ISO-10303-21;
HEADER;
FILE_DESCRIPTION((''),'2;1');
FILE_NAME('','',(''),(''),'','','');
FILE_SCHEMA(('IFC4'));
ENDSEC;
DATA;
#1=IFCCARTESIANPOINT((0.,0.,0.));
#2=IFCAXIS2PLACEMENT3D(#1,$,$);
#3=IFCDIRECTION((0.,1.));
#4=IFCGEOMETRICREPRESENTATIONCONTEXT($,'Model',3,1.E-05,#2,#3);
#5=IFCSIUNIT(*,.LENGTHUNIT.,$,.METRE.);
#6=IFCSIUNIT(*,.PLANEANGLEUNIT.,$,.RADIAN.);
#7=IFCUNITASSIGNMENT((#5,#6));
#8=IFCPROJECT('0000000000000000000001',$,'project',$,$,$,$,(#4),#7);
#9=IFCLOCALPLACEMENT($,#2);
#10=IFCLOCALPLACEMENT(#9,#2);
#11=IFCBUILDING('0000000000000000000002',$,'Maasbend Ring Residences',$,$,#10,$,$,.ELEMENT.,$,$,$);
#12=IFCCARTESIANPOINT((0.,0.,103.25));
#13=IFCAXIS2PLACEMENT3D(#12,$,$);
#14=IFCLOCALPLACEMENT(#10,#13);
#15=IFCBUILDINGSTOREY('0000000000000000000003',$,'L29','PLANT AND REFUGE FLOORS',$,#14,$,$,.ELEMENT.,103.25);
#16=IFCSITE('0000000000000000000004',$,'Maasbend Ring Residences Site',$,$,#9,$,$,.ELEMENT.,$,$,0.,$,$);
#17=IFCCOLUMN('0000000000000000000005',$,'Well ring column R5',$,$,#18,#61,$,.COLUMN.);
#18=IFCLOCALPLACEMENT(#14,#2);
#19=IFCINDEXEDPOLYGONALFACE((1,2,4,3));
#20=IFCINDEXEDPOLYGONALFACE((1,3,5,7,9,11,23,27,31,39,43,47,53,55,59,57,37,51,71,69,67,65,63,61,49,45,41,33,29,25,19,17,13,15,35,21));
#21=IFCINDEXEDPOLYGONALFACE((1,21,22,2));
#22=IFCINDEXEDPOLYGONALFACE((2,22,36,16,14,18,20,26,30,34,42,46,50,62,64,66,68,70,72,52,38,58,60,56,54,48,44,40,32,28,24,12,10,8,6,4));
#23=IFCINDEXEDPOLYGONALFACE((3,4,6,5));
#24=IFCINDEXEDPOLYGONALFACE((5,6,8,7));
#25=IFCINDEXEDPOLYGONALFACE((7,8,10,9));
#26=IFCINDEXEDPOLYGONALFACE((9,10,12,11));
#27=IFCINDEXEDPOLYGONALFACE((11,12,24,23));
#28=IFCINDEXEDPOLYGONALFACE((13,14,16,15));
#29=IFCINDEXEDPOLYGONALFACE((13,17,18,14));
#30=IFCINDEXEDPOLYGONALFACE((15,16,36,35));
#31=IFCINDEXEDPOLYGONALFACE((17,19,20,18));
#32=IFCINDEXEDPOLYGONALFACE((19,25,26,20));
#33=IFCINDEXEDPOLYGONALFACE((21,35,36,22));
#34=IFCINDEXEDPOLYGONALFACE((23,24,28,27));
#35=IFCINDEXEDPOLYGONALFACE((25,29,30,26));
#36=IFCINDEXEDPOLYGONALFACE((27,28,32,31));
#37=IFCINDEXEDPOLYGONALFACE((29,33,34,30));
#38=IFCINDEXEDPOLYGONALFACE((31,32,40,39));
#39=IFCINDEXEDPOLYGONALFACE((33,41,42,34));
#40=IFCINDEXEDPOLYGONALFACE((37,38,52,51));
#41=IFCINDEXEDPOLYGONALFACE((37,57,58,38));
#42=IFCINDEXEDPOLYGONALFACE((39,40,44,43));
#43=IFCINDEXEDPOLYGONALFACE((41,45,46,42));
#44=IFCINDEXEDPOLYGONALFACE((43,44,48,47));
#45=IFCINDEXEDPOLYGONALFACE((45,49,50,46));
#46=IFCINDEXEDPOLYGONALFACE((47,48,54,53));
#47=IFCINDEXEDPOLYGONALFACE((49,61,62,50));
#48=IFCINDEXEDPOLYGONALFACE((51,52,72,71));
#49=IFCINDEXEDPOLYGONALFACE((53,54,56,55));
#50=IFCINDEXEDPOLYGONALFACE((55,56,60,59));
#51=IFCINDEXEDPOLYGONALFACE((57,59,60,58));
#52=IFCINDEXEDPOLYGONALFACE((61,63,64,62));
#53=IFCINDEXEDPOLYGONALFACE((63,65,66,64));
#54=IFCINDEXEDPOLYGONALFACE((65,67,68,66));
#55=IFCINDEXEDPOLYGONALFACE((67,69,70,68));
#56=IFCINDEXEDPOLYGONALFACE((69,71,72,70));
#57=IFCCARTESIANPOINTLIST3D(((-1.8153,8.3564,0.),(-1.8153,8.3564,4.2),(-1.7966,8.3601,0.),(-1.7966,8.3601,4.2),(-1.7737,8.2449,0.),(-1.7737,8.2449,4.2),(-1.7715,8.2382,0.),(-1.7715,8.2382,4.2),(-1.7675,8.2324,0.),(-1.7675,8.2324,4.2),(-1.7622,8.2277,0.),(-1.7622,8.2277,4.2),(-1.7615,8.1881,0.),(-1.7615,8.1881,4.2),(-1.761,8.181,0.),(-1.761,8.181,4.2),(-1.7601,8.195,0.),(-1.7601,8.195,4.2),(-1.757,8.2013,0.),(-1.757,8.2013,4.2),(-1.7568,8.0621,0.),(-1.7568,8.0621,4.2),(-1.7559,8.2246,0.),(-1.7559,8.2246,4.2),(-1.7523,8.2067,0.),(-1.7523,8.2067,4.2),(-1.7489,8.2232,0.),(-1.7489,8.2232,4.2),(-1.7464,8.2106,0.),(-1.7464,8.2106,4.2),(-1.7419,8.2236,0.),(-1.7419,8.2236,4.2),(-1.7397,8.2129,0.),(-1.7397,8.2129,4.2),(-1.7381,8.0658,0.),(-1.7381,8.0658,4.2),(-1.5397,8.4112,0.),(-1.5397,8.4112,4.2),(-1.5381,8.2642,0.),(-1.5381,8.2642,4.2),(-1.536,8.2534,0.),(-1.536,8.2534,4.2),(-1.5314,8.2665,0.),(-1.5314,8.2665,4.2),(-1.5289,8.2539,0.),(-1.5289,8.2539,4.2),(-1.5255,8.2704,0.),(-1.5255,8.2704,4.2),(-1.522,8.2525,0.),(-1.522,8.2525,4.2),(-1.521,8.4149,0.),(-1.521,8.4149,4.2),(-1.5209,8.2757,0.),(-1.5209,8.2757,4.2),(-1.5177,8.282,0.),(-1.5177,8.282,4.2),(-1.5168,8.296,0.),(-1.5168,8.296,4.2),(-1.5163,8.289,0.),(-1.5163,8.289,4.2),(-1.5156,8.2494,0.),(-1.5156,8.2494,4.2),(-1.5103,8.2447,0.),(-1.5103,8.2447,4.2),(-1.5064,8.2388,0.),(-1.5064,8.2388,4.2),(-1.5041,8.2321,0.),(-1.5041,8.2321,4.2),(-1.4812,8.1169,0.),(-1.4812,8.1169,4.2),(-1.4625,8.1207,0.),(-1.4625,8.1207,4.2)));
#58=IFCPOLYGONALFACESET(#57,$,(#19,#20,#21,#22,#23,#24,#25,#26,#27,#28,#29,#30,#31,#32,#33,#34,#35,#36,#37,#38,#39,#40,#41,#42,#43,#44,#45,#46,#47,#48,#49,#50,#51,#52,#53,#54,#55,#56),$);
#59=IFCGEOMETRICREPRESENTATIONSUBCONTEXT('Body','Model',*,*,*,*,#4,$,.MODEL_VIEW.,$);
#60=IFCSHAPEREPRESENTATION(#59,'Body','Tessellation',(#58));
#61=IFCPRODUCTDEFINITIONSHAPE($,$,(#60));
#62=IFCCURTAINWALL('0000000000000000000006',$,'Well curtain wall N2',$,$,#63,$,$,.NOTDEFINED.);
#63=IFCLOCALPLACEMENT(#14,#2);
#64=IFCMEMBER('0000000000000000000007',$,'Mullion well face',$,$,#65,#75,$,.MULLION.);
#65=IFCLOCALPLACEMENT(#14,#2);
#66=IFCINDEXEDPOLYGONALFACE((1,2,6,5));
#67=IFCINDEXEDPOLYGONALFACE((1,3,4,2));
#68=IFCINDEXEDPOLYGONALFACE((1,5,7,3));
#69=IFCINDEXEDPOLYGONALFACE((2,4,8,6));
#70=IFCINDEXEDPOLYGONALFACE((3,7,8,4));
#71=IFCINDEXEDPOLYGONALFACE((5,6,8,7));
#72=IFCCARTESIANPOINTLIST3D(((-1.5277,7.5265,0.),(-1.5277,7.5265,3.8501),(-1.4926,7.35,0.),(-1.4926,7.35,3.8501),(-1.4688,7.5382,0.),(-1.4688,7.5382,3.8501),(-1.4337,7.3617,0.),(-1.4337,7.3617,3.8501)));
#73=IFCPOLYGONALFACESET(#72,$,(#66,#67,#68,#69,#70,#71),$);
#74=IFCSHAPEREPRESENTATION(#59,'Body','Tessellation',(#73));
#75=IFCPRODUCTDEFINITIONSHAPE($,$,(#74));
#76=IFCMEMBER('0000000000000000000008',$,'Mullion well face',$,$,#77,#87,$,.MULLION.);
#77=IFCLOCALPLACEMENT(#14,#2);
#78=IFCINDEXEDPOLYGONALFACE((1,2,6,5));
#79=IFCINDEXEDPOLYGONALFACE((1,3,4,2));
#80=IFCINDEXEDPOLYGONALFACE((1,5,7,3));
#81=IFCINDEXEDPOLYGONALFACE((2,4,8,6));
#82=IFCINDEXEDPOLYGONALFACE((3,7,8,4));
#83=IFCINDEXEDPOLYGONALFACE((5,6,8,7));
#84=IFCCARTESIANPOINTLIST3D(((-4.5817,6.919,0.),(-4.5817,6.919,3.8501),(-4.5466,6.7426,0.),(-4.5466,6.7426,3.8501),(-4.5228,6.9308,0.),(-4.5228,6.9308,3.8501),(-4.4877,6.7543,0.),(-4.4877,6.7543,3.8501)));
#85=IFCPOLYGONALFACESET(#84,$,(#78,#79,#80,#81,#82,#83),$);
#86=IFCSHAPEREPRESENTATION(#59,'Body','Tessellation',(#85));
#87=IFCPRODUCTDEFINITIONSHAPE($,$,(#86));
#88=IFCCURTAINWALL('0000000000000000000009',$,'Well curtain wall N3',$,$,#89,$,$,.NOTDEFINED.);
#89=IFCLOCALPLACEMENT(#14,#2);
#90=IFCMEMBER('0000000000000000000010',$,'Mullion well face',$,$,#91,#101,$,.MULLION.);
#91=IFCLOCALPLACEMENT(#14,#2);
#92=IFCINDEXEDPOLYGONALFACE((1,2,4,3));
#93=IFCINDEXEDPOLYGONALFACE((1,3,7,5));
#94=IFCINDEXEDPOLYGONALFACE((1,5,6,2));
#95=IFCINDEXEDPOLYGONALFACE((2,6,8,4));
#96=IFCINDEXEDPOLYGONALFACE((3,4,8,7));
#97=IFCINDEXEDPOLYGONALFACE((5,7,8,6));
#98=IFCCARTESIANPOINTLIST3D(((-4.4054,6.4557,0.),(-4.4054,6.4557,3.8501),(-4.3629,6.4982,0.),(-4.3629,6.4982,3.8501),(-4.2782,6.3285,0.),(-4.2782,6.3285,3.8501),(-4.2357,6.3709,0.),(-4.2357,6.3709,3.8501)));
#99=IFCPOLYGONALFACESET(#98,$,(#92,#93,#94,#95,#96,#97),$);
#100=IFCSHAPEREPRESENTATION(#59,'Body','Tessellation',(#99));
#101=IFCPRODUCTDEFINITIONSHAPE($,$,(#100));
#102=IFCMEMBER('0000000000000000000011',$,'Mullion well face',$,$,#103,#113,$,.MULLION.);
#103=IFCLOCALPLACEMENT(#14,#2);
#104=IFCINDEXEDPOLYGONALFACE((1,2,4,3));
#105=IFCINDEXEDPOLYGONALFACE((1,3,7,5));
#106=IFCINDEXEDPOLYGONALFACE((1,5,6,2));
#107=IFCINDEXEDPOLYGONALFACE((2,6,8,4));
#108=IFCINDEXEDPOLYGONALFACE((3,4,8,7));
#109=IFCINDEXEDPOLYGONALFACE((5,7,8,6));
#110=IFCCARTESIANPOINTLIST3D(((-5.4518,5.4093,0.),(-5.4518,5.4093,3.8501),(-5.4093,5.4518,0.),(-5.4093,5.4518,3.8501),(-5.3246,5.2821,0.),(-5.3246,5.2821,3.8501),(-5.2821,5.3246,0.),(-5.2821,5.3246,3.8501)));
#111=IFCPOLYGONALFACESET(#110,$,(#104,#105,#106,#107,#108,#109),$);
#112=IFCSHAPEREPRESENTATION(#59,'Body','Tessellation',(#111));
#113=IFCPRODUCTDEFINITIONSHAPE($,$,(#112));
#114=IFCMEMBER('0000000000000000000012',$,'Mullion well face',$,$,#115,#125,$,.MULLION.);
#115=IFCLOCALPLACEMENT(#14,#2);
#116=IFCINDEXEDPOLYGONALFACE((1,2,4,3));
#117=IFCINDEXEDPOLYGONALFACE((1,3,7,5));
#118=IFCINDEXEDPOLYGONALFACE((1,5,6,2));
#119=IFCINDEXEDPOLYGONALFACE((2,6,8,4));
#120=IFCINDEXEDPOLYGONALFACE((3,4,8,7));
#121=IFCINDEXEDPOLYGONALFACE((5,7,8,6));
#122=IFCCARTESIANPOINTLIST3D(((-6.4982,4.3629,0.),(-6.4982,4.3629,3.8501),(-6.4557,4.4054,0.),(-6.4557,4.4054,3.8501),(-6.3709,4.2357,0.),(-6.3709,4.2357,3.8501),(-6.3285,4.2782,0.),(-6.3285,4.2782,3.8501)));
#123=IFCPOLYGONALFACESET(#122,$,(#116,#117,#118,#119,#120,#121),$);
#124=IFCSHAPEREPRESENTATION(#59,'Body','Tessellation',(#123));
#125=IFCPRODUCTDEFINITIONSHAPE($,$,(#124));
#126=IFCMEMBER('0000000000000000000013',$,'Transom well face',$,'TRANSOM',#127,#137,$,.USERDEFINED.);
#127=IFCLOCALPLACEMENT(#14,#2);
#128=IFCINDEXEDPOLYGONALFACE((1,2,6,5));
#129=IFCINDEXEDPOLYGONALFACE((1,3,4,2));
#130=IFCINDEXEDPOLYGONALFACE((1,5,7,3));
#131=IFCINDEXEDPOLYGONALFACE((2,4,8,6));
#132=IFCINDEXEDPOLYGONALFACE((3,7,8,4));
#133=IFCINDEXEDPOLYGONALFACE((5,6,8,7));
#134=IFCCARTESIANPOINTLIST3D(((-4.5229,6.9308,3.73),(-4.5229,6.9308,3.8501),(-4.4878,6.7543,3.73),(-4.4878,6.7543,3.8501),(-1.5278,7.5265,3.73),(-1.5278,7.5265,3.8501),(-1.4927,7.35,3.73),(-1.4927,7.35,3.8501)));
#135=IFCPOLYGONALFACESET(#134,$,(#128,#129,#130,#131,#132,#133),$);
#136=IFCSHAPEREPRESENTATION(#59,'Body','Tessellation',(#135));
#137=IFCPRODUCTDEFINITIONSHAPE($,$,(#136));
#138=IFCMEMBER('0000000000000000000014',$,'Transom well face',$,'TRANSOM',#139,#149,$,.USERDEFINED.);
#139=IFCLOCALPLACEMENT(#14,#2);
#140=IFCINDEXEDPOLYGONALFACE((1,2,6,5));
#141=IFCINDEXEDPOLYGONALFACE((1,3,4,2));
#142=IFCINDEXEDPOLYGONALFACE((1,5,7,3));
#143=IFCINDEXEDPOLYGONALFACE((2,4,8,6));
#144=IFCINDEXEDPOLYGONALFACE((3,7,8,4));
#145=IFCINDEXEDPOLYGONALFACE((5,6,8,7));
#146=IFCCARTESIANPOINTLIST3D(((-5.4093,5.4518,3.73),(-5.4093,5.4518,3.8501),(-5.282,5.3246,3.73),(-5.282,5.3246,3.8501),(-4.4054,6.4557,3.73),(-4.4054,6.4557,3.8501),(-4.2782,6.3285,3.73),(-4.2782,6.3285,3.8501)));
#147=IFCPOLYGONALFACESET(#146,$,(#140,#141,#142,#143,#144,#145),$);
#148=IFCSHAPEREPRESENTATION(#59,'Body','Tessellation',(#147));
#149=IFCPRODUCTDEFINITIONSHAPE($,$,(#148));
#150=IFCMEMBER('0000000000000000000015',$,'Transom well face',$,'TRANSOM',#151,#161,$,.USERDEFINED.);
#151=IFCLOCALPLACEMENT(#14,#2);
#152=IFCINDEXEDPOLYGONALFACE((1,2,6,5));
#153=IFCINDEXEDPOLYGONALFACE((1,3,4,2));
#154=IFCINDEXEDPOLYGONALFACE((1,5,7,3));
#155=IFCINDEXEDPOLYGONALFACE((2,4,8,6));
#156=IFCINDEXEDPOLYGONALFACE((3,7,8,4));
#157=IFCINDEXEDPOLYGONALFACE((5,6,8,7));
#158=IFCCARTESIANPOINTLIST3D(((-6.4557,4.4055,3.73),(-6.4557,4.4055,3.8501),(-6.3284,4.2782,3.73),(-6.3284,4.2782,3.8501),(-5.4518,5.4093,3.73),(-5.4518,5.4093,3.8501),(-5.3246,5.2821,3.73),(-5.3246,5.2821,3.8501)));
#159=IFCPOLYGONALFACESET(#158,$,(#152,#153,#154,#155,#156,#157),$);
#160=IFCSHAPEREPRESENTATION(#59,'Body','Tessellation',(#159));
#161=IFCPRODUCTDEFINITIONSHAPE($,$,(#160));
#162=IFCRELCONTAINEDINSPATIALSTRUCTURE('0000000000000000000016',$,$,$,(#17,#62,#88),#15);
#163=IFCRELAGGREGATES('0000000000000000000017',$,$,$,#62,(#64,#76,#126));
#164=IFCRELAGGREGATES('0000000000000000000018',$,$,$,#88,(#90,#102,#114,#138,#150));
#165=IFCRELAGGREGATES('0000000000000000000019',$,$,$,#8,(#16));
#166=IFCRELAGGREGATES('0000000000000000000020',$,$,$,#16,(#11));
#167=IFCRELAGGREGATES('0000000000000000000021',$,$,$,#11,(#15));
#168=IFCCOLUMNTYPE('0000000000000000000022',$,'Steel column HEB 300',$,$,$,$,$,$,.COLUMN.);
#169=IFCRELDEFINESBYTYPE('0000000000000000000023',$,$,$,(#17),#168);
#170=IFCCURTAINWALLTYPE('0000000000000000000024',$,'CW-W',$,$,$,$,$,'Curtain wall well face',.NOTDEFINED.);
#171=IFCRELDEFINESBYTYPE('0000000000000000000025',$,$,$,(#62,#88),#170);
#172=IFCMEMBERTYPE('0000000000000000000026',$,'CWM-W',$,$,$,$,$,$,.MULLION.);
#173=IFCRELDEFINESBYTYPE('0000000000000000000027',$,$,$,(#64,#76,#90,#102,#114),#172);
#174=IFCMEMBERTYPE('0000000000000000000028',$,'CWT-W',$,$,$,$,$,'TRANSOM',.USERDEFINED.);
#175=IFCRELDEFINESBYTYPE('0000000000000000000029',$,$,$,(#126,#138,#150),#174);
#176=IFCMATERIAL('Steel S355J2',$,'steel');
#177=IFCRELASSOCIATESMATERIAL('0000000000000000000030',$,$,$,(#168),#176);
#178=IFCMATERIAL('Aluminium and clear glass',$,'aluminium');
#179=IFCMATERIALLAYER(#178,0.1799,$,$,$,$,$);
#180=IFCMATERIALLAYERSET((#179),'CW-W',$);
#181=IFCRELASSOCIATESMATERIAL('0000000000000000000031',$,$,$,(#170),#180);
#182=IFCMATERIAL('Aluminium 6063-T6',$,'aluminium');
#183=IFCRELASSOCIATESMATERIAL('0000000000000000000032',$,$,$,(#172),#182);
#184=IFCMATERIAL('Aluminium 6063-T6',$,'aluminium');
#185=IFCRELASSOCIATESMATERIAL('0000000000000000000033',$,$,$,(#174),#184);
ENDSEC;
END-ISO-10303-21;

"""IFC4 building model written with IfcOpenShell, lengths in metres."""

from ifc_helpers import new_model, si_unit, direction, frame, origin, origin_2d, place, context, subcontext, project, spatial, rectangle, i_section, extrude, material, layer, layer_set, material_profile, profile_set, type_object, element, aggregate, save


model = new_model("IFC4")

# Units and contexts
model_context = context("Model", 3, precision=1e-05, world=origin(), true_north=direction((0.0, 1.0)))
body_context = subcontext(model_context, "Body", "Model", "MODEL_VIEW")
ifc_project = project(units=[si_unit("LENGTHUNIT", "METRE"), si_unit("PLANEANGLEUNIT", "RADIAN")], contexts=[model_context])

# Site, building, storey
site_placement = place(None, origin())
site = spatial("IfcSite", under=ifc_project, at=site_placement, Name="Maasbend Ring Residences Site", CompositionType="ELEMENT", RefElevation=0.0)
building_placement = place(site_placement, origin())
building = spatial("IfcBuilding", under=site, at=building_placement, Name="Maasbend Ring Residences", CompositionType="ELEMENT")
storey_placement = place(building_placement, frame((0.0, 0.0, 103.25)))
storey = spatial("IfcBuildingStorey", under=building, at=storey_placement, Name="L29", Description="PLANT AND REFUGE FLOORS", CompositionType="ELEMENT", Elevation=103.25)

# Column
ifc_material_1 = material(Name="Steel S355J2", Category="steel")
ifc_material_profile_1 = material_profile(ifc_material_1, i_section(OverallWidth=0.3, OverallDepth=0.3, WebThickness=0.011, FlangeThickness=0.019, FilletRadius=0.0271, at=origin_2d()), Name="HEB 300")
ifc_profile_set_1 = profile_set([ifc_material_profile_1], Name="Steel S355J2")
column_type = type_object("IfcColumnType", Name="Steel column HEB 300", PredefinedType="COLUMN", material=ifc_profile_set_1)
column_placement = place(storey_placement, frame((-1.6389, 8.2385, 0.0), z_axis=(0.0, 0.0, 1.0), x_axis=(-0.19509, 0.980785, 0.0)))
element("IfcColumn", 1, at=column_placement, inside=storey, type_object=column_type, Name="Well ring column R5", PredefinedType="COLUMN", context=body_context, shape_type="SweptSolid", body=[
    extrude(i_section(OverallWidth=0.3, OverallDepth=0.3, WebThickness=0.011, FlangeThickness=0.019, FilletRadius=0.0271, at=origin_2d()), origin(), (0.0, 0.0, 1.0), 4.2),
])

# Curtain walls, members
ifc_material_2 = material(Name="Aluminium and clear glass", Category="aluminium")
ifc_layer_1 = layer(ifc_material_2, 0.1799)
ifc_layer_set_1 = layer_set([ifc_layer_1], Name="CW-W")
curtain_wall_type = type_object("IfcCurtainWallType", Name="CW-W", ElementType="Curtain wall well face", PredefinedType="NOTDEFINED", material=ifc_layer_set_1)
curtain_wall_1_placement = place(storey_placement, origin())
curtain_wall_1 = element("IfcCurtainWall", 2, at=curtain_wall_1_placement, inside=storey, type_object=curtain_wall_type, Name="Well curtain wall N2", PredefinedType="NOTDEFINED")
ifc_material_3 = material(Name="Aluminium 6063-T6", Category="aluminium")
ifc_material_profile_2 = material_profile(ifc_material_3, rectangle(XDim=0.1799, YDim=0.0601, at=origin_2d()), Name="AL 180x60")
ifc_profile_set_2 = profile_set([ifc_material_profile_2], Name="Aluminium 6063-T6")
member_type_1 = type_object("IfcMemberType", Name="CWM-W", PredefinedType="MULLION", material=ifc_profile_set_2)
member_1_placement = place(storey_placement, frame((-1.4807, 7.4441, 0.0), z_axis=(0.0, 0.0, 1.0), x_axis=(0.19509, -0.980785, 0.0)))
member_1 = element("IfcMember", 3, at=member_1_placement, type_object=member_type_1, Name="Mullion well face", PredefinedType="MULLION", context=body_context, shape_type="SweptSolid", body=[
    extrude(rectangle(XDim=0.1799, YDim=0.0601, at=origin_2d()), origin(), (0.0, 0.0, 1.0), 3.8501),
])
member_2_placement = place(storey_placement, frame((-4.5347, 6.8367, 0.0), z_axis=(0.0, 0.0, 1.0), x_axis=(0.19509, -0.980785, 0.0)))
member_2 = element("IfcMember", 4, at=member_2_placement, type_object=member_type_1, Name="Mullion well face", PredefinedType="MULLION", context=body_context, shape_type="SweptSolid", body=[
    extrude(rectangle(XDim=0.1799, YDim=0.0601, at=origin_2d()), origin(), (0.0, 0.0, 1.0), 3.8501),
])
curtain_wall_2_placement = place(storey_placement, origin())
curtain_wall_2 = element("IfcCurtainWall", 5, at=curtain_wall_2_placement, inside=storey, type_object=curtain_wall_type, Name="Well curtain wall N3", PredefinedType="NOTDEFINED")
member_3_placement = place(storey_placement, frame((-4.3206, 6.4133, 0.0), z_axis=(0.0, 0.0, 1.0), x_axis=(0.707107, -0.707107, 0.0)))
member_3 = element("IfcMember", 6, at=member_3_placement, type_object=member_type_1, Name="Mullion well face", PredefinedType="MULLION", context=body_context, shape_type="SweptSolid", body=[
    extrude(rectangle(XDim=0.1799, YDim=0.0601, at=origin_2d()), origin(), (0.0, 0.0, 1.0), 3.8501),
])
member_4_placement = place(storey_placement, frame((-5.3669, 5.3669, 0.0), z_axis=(0.0, 0.0, 1.0), x_axis=(0.707107, -0.707107, 0.0)))
member_4 = element("IfcMember", 7, at=member_4_placement, type_object=member_type_1, Name="Mullion well face", PredefinedType="MULLION", context=body_context, shape_type="SweptSolid", body=[
    extrude(rectangle(XDim=0.1799, YDim=0.0601, at=origin_2d()), origin(), (0.0, 0.0, 1.0), 3.8501),
])
member_5_placement = place(storey_placement, frame((-6.4133, 4.3206, 0.0), z_axis=(0.0, 0.0, 1.0), x_axis=(0.707107, -0.707107, 0.0)))
member_5 = element("IfcMember", 8, at=member_5_placement, type_object=member_type_1, Name="Mullion well face", PredefinedType="MULLION", context=body_context, shape_type="SweptSolid", body=[
    extrude(rectangle(XDim=0.1799, YDim=0.0601, at=origin_2d()), origin(), (0.0, 0.0, 1.0), 3.8501),
])

# Members
ifc_material_4 = material(Name="Aluminium 6063-T6", Category="aluminium")
ifc_material_profile_3 = material_profile(ifc_material_4, rectangle(XDim=0.1799, YDim=0.1201, at=origin_2d()), Name="AL 180x120")
ifc_profile_set_3 = profile_set([ifc_material_profile_3], Name="Aluminium 6063-T6")
member_type_2 = type_object("IfcMemberType", Name="CWT-W", ElementType="TRANSOM", PredefinedType="USERDEFINED", material=ifc_profile_set_3)
member_6_placement = place(storey_placement, frame((-1.5103, 7.4382, 3.79), z_axis=(-0.980789, -0.195071, 0.0), x_axis=(0.195071, -0.980789, 0.0)))
member_6 = element("IfcMember", 9, at=member_6_placement, type_object=member_type_2, Name="Transom well face", ObjectType="TRANSOM", PredefinedType="USERDEFINED", context=body_context, shape_type="SweptSolid", body=[
    extrude(rectangle(XDim=0.1799, YDim=0.1201, at=origin_2d()), origin(), (0.0, 0.0, 1.0), 3.0537),
])
member_7_placement = place(storey_placement, frame((-4.3418, 6.3921, 3.79), z_axis=(-0.707107, -0.707107, 0.0), x_axis=(0.707107, -0.707107, 0.0)))
member_7 = element("IfcMember", 10, at=member_7_placement, type_object=member_type_2, Name="Transom well face", ObjectType="TRANSOM", PredefinedType="USERDEFINED", context=body_context, shape_type="SweptSolid", body=[
    extrude(rectangle(XDim=0.1799, YDim=0.1201, at=origin_2d()), origin(), (0.0, 0.0, 1.0), 1.4197),
])
member_8_placement = place(storey_placement, frame((-5.3882, 5.3457, 3.79), z_axis=(-0.707107, -0.707107, 0.0), x_axis=(0.707107, -0.707107, 0.0)))
member_8 = element("IfcMember", 11, at=member_8_placement, type_object=member_type_2, Name="Transom well face", ObjectType="TRANSOM", PredefinedType="USERDEFINED", context=body_context, shape_type="SweptSolid", body=[
    extrude(rectangle(XDim=0.1799, YDim=0.1201, at=origin_2d()), origin(), (0.0, 0.0, 1.0), 1.4197),
])

aggregate(curtain_wall_1, [member_1, member_2, member_6])
aggregate(curtain_wall_2, [member_3, member_4, member_5, member_7, member_8])

save(model, "model.ifc")
